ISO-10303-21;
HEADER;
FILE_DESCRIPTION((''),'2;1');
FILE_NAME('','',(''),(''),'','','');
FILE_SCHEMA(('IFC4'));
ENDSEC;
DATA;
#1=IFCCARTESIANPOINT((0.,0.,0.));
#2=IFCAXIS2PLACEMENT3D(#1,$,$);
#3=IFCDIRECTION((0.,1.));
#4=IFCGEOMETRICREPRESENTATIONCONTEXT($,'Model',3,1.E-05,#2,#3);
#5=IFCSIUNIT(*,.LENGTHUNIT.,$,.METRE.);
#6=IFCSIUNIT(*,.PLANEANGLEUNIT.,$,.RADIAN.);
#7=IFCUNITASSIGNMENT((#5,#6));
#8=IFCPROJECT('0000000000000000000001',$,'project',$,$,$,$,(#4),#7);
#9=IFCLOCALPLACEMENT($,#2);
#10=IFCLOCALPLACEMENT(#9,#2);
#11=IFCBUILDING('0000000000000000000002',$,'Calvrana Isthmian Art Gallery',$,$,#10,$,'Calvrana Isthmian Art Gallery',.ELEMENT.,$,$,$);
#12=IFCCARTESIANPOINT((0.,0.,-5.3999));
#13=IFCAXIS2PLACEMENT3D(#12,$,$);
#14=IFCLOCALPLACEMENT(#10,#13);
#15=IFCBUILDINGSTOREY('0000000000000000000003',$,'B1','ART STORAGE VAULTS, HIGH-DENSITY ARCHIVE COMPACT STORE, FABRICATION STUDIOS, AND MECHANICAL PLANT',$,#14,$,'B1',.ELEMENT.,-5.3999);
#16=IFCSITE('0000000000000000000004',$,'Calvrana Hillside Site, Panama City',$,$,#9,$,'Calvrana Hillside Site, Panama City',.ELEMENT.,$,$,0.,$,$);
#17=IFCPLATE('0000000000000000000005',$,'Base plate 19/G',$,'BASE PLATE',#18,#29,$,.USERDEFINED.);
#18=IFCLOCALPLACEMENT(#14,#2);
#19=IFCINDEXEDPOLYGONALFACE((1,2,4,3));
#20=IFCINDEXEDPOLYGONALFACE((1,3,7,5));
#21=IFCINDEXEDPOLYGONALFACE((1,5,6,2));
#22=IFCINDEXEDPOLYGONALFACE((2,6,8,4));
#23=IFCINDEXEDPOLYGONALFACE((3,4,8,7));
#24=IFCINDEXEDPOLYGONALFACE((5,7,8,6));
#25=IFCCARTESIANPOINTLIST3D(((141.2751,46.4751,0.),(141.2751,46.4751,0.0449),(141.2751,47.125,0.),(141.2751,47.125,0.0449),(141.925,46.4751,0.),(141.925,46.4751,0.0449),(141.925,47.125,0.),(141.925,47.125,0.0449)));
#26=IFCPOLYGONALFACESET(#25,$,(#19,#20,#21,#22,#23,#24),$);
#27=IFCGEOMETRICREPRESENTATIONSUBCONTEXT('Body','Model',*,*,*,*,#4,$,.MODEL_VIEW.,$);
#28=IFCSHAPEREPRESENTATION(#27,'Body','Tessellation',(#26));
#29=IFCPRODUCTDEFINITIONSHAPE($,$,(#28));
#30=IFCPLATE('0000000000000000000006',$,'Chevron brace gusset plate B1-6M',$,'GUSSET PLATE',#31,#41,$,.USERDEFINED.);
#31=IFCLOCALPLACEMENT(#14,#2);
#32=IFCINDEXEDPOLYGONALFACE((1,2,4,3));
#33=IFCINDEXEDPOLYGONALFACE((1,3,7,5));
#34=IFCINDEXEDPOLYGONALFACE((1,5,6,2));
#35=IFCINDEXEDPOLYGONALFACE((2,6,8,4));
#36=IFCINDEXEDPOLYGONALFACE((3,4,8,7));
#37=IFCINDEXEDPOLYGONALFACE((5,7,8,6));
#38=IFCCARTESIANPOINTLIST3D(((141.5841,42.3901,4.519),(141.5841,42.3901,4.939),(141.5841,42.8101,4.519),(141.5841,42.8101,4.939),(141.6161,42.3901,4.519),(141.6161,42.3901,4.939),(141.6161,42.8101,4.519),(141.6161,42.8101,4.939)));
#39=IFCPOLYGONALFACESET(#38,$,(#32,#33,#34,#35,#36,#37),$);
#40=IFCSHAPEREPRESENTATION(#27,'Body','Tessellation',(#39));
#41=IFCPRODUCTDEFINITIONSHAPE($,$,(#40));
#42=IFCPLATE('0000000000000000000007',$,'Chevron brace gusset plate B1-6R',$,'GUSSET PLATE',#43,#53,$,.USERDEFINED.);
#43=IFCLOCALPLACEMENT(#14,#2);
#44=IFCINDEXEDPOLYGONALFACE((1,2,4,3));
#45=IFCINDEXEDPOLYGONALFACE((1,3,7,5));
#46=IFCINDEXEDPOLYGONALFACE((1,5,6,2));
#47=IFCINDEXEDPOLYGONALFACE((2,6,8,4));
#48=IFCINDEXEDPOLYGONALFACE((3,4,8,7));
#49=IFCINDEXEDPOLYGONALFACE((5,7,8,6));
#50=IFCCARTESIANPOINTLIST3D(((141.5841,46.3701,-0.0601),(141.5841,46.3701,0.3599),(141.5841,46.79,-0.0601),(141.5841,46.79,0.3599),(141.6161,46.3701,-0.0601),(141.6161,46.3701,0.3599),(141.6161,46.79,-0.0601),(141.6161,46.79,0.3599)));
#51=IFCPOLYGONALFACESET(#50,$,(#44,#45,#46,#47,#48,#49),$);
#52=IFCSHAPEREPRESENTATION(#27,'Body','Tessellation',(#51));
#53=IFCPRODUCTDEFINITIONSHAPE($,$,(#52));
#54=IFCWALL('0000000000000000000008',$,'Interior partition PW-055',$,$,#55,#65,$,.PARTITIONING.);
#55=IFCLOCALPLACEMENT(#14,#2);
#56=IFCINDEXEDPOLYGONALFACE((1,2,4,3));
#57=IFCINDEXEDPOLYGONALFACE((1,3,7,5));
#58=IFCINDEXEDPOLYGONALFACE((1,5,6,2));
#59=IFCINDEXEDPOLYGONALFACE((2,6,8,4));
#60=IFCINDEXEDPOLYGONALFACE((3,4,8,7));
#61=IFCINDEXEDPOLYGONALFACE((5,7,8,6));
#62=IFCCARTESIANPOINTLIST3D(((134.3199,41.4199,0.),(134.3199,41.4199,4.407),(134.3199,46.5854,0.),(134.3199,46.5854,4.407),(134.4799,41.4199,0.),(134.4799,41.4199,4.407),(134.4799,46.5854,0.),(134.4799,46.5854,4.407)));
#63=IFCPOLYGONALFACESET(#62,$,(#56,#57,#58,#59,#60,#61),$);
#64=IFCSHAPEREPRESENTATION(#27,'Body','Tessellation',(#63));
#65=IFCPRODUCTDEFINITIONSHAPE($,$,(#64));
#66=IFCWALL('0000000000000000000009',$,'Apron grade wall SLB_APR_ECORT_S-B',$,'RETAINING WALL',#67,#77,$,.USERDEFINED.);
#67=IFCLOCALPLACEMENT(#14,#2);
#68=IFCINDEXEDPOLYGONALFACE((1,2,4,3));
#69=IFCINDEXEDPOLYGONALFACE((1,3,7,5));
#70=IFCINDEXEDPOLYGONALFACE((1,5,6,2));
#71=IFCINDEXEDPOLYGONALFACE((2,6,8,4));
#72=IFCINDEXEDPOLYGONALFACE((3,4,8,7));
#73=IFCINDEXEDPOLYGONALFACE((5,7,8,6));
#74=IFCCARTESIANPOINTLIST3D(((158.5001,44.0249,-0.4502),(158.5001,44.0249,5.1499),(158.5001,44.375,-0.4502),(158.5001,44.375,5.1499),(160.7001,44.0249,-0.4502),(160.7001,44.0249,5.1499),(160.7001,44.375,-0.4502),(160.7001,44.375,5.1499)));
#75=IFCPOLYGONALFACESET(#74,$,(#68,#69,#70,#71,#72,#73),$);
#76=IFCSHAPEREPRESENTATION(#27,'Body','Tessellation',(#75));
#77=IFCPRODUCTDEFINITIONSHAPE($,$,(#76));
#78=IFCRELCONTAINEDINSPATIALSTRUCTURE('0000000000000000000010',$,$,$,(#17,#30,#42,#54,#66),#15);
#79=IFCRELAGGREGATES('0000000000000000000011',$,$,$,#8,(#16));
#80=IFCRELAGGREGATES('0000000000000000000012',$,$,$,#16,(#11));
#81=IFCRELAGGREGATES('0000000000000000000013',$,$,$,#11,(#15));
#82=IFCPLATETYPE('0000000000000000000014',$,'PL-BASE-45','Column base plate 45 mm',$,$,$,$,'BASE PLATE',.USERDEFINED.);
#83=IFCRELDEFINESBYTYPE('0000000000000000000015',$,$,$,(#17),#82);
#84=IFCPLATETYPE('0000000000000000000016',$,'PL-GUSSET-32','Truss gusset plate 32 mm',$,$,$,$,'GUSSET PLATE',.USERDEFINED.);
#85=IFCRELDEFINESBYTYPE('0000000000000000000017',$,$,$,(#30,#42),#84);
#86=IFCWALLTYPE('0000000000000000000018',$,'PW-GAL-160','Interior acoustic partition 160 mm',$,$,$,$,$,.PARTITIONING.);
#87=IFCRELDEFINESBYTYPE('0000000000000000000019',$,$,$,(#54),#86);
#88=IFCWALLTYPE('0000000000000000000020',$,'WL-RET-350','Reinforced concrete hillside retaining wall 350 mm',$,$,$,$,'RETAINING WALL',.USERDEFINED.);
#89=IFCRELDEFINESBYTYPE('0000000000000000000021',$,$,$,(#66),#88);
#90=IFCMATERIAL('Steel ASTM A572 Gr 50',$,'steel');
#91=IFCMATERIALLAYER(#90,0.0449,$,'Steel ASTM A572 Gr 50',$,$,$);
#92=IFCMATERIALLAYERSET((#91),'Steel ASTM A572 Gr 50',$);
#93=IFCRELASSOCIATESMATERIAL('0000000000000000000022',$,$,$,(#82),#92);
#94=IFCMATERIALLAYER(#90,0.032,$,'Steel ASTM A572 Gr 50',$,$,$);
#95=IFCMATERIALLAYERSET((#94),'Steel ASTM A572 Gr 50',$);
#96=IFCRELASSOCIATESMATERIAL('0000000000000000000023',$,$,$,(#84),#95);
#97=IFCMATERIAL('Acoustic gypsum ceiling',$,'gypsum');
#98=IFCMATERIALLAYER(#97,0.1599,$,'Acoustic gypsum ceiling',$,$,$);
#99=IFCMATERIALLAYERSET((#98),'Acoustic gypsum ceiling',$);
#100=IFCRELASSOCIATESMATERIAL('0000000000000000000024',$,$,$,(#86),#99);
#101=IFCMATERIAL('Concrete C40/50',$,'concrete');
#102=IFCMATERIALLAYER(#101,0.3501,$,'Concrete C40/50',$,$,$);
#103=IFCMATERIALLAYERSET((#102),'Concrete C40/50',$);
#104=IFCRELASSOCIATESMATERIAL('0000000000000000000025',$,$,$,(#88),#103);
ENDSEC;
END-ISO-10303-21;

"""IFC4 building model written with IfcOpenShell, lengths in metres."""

from ifc_helpers import new_model, si_unit, direction, frame, frame_2d, origin, origin_2d, place, context, subcontext, project, spatial, rectangle, extrude, material, layer, layer_set, type_object, element, save


model = new_model("IFC4")

# Units and contexts
model_context = context("Model", 3, precision=1e-05, world=origin(), true_north=direction((0.0, 1.0)))
body_context = subcontext(model_context, "Body", "Model", "MODEL_VIEW")
ifc_project = project(units=[si_unit("LENGTHUNIT", "METRE"), si_unit("PLANEANGLEUNIT", "RADIAN")], contexts=[model_context])

# Site, building, storey
site_placement = place(None, origin())
site = spatial("IfcSite", under=ifc_project, at=site_placement, Name="Calvrana Hillside Site, Panama City", LongName="Calvrana Hillside Site, Panama City", CompositionType="ELEMENT", RefElevation=0.0)
building_placement = place(site_placement, origin())
building = spatial("IfcBuilding", under=site, at=building_placement, Name="Calvrana Isthmian Art Gallery", LongName="Calvrana Isthmian Art Gallery", CompositionType="ELEMENT")
storey_placement = place(building_placement, frame((0.0, 0.0, -5.3999)))
storey = spatial("IfcBuildingStorey", under=building, at=storey_placement, Name="B1", Description="ART STORAGE VAULTS, HIGH-DENSITY ARCHIVE COMPACT STORE, FABRICATION STUDIOS, AND MECHANICAL PLANT", LongName="B1", CompositionType="ELEMENT", Elevation=-5.3999)

# Plates
ifc_material_1 = material(Name="Steel ASTM A572 Gr 50", Category="steel")
ifc_layer_1 = layer(ifc_material_1, 0.0449, Name="Steel ASTM A572 Gr 50")
ifc_layer_set_1 = layer_set([ifc_layer_1], Name="Steel ASTM A572 Gr 50")
plate_type_1 = type_object("IfcPlateType", Name="PL-BASE-45", Description="Column base plate 45 mm", ElementType="BASE PLATE", PredefinedType="USERDEFINED", material=ifc_layer_set_1)
for number, where, z_axis, x_axis, name in (
    (1, (141.6001, 46.8, 0.0), (0.0, 0.0, 1.0), (1.0, 0.0, 0.0), "Base plate 19/G"),
):
    element("IfcPlate", number, at=place(storey_placement, frame(where, z_axis=z_axis, x_axis=x_axis)), inside=storey, type_object=plate_type_1, Name=name, ObjectType="BASE PLATE", PredefinedType="USERDEFINED", context=body_context, shape_type="SweptSolid", body=[
        extrude(rectangle(XDim=0.6499, YDim=0.6499, at=origin_2d()), origin(), (0.0, 0.0, 1.0), 0.0449),
    ])
ifc_layer_2 = layer(ifc_material_1, 0.032, Name="Steel ASTM A572 Gr 50")
ifc_layer_set_2 = layer_set([ifc_layer_2], Name="Steel ASTM A572 Gr 50")
plate_type_2 = type_object("IfcPlateType", Name="PL-GUSSET-32", Description="Truss gusset plate 32 mm", ElementType="GUSSET PLATE", PredefinedType="USERDEFINED", material=ifc_layer_set_2)
for number, where, z_axis, x_axis, name in (
    (2, (141.6001, 42.6001, 4.519), (0.0, 0.0, 1.0), (1.0, 0.0, 0.0), "Chevron brace gusset plate B1-6M"),
    (3, (141.6001, 46.5801, -0.0601), (0.0, 0.0, 1.0), (1.0, 0.0, 0.0), "Chevron brace gusset plate B1-6R"),
):
    element("IfcPlate", number, at=place(storey_placement, frame(where, z_axis=z_axis, x_axis=x_axis)), inside=storey, type_object=plate_type_2, Name=name, ObjectType="GUSSET PLATE", PredefinedType="USERDEFINED", context=body_context, shape_type="SweptSolid", body=[
        extrude(rectangle(XDim=0.032, YDim=0.4199, at=origin_2d()), origin(), (0.0, 0.0, 1.0), 0.4199),
    ])

# Shared definitions
ifc_material_2 = material(Name="Acoustic gypsum ceiling", Category="gypsum")

# Walls
ifc_layer_3 = layer(ifc_material_2, 0.1599, Name="Acoustic gypsum ceiling")
ifc_layer_set_3 = layer_set([ifc_layer_3], Name="Acoustic gypsum ceiling")
wall_type_1 = type_object("IfcWallType", Name="PW-GAL-160", Description="Interior acoustic partition 160 mm", PredefinedType="PARTITIONING", material=ifc_layer_set_3)
wall_1_placement = place(storey_placement, frame((134.3999, 41.4199, 0.0), z_axis=(0.0, 0.0, 1.0), x_axis=(0.0, 1.0, 0.0)))
element("IfcWall", 4, at=wall_1_placement, inside=storey, type_object=wall_type_1, Name="Interior partition PW-055", PredefinedType="PARTITIONING", context=body_context, shape_type="SweptSolid", body=[
    extrude(rectangle(XDim=5.1655, YDim=0.1599, at=frame_2d((2.5828, 0.0))), origin(), (0.0, 0.0, 1.0), 4.407),
])
ifc_material_3 = material(Name="Concrete C40/50", Category="concrete")
ifc_layer_4 = layer(ifc_material_3, 0.3501, Name="Concrete C40/50")
ifc_layer_set_4 = layer_set([ifc_layer_4], Name="Concrete C40/50")
wall_type_2 = type_object("IfcWallType", Name="WL-RET-350", Description="Reinforced concrete hillside retaining wall 350 mm", ElementType="RETAINING WALL", PredefinedType="USERDEFINED", material=ifc_layer_set_4)
wall_2_placement = place(storey_placement, frame((158.5, 44.2, -0.4502), z_axis=(0.0, 0.0, 1.0), x_axis=(1.0, 0.0, 0.0)))
element("IfcWall", 5, at=wall_2_placement, inside=storey, type_object=wall_type_2, Name="Apron grade wall SLB_APR_ECORT_S-B", ObjectType="RETAINING WALL", PredefinedType="USERDEFINED", context=body_context, shape_type="SweptSolid", body=[
    extrude(rectangle(XDim=2.2, YDim=0.3501, at=frame_2d((1.1001, 0.0))), origin(), (0.0, 0.0, 1.0), 5.6001),
])

save(model, "model.ifc")
